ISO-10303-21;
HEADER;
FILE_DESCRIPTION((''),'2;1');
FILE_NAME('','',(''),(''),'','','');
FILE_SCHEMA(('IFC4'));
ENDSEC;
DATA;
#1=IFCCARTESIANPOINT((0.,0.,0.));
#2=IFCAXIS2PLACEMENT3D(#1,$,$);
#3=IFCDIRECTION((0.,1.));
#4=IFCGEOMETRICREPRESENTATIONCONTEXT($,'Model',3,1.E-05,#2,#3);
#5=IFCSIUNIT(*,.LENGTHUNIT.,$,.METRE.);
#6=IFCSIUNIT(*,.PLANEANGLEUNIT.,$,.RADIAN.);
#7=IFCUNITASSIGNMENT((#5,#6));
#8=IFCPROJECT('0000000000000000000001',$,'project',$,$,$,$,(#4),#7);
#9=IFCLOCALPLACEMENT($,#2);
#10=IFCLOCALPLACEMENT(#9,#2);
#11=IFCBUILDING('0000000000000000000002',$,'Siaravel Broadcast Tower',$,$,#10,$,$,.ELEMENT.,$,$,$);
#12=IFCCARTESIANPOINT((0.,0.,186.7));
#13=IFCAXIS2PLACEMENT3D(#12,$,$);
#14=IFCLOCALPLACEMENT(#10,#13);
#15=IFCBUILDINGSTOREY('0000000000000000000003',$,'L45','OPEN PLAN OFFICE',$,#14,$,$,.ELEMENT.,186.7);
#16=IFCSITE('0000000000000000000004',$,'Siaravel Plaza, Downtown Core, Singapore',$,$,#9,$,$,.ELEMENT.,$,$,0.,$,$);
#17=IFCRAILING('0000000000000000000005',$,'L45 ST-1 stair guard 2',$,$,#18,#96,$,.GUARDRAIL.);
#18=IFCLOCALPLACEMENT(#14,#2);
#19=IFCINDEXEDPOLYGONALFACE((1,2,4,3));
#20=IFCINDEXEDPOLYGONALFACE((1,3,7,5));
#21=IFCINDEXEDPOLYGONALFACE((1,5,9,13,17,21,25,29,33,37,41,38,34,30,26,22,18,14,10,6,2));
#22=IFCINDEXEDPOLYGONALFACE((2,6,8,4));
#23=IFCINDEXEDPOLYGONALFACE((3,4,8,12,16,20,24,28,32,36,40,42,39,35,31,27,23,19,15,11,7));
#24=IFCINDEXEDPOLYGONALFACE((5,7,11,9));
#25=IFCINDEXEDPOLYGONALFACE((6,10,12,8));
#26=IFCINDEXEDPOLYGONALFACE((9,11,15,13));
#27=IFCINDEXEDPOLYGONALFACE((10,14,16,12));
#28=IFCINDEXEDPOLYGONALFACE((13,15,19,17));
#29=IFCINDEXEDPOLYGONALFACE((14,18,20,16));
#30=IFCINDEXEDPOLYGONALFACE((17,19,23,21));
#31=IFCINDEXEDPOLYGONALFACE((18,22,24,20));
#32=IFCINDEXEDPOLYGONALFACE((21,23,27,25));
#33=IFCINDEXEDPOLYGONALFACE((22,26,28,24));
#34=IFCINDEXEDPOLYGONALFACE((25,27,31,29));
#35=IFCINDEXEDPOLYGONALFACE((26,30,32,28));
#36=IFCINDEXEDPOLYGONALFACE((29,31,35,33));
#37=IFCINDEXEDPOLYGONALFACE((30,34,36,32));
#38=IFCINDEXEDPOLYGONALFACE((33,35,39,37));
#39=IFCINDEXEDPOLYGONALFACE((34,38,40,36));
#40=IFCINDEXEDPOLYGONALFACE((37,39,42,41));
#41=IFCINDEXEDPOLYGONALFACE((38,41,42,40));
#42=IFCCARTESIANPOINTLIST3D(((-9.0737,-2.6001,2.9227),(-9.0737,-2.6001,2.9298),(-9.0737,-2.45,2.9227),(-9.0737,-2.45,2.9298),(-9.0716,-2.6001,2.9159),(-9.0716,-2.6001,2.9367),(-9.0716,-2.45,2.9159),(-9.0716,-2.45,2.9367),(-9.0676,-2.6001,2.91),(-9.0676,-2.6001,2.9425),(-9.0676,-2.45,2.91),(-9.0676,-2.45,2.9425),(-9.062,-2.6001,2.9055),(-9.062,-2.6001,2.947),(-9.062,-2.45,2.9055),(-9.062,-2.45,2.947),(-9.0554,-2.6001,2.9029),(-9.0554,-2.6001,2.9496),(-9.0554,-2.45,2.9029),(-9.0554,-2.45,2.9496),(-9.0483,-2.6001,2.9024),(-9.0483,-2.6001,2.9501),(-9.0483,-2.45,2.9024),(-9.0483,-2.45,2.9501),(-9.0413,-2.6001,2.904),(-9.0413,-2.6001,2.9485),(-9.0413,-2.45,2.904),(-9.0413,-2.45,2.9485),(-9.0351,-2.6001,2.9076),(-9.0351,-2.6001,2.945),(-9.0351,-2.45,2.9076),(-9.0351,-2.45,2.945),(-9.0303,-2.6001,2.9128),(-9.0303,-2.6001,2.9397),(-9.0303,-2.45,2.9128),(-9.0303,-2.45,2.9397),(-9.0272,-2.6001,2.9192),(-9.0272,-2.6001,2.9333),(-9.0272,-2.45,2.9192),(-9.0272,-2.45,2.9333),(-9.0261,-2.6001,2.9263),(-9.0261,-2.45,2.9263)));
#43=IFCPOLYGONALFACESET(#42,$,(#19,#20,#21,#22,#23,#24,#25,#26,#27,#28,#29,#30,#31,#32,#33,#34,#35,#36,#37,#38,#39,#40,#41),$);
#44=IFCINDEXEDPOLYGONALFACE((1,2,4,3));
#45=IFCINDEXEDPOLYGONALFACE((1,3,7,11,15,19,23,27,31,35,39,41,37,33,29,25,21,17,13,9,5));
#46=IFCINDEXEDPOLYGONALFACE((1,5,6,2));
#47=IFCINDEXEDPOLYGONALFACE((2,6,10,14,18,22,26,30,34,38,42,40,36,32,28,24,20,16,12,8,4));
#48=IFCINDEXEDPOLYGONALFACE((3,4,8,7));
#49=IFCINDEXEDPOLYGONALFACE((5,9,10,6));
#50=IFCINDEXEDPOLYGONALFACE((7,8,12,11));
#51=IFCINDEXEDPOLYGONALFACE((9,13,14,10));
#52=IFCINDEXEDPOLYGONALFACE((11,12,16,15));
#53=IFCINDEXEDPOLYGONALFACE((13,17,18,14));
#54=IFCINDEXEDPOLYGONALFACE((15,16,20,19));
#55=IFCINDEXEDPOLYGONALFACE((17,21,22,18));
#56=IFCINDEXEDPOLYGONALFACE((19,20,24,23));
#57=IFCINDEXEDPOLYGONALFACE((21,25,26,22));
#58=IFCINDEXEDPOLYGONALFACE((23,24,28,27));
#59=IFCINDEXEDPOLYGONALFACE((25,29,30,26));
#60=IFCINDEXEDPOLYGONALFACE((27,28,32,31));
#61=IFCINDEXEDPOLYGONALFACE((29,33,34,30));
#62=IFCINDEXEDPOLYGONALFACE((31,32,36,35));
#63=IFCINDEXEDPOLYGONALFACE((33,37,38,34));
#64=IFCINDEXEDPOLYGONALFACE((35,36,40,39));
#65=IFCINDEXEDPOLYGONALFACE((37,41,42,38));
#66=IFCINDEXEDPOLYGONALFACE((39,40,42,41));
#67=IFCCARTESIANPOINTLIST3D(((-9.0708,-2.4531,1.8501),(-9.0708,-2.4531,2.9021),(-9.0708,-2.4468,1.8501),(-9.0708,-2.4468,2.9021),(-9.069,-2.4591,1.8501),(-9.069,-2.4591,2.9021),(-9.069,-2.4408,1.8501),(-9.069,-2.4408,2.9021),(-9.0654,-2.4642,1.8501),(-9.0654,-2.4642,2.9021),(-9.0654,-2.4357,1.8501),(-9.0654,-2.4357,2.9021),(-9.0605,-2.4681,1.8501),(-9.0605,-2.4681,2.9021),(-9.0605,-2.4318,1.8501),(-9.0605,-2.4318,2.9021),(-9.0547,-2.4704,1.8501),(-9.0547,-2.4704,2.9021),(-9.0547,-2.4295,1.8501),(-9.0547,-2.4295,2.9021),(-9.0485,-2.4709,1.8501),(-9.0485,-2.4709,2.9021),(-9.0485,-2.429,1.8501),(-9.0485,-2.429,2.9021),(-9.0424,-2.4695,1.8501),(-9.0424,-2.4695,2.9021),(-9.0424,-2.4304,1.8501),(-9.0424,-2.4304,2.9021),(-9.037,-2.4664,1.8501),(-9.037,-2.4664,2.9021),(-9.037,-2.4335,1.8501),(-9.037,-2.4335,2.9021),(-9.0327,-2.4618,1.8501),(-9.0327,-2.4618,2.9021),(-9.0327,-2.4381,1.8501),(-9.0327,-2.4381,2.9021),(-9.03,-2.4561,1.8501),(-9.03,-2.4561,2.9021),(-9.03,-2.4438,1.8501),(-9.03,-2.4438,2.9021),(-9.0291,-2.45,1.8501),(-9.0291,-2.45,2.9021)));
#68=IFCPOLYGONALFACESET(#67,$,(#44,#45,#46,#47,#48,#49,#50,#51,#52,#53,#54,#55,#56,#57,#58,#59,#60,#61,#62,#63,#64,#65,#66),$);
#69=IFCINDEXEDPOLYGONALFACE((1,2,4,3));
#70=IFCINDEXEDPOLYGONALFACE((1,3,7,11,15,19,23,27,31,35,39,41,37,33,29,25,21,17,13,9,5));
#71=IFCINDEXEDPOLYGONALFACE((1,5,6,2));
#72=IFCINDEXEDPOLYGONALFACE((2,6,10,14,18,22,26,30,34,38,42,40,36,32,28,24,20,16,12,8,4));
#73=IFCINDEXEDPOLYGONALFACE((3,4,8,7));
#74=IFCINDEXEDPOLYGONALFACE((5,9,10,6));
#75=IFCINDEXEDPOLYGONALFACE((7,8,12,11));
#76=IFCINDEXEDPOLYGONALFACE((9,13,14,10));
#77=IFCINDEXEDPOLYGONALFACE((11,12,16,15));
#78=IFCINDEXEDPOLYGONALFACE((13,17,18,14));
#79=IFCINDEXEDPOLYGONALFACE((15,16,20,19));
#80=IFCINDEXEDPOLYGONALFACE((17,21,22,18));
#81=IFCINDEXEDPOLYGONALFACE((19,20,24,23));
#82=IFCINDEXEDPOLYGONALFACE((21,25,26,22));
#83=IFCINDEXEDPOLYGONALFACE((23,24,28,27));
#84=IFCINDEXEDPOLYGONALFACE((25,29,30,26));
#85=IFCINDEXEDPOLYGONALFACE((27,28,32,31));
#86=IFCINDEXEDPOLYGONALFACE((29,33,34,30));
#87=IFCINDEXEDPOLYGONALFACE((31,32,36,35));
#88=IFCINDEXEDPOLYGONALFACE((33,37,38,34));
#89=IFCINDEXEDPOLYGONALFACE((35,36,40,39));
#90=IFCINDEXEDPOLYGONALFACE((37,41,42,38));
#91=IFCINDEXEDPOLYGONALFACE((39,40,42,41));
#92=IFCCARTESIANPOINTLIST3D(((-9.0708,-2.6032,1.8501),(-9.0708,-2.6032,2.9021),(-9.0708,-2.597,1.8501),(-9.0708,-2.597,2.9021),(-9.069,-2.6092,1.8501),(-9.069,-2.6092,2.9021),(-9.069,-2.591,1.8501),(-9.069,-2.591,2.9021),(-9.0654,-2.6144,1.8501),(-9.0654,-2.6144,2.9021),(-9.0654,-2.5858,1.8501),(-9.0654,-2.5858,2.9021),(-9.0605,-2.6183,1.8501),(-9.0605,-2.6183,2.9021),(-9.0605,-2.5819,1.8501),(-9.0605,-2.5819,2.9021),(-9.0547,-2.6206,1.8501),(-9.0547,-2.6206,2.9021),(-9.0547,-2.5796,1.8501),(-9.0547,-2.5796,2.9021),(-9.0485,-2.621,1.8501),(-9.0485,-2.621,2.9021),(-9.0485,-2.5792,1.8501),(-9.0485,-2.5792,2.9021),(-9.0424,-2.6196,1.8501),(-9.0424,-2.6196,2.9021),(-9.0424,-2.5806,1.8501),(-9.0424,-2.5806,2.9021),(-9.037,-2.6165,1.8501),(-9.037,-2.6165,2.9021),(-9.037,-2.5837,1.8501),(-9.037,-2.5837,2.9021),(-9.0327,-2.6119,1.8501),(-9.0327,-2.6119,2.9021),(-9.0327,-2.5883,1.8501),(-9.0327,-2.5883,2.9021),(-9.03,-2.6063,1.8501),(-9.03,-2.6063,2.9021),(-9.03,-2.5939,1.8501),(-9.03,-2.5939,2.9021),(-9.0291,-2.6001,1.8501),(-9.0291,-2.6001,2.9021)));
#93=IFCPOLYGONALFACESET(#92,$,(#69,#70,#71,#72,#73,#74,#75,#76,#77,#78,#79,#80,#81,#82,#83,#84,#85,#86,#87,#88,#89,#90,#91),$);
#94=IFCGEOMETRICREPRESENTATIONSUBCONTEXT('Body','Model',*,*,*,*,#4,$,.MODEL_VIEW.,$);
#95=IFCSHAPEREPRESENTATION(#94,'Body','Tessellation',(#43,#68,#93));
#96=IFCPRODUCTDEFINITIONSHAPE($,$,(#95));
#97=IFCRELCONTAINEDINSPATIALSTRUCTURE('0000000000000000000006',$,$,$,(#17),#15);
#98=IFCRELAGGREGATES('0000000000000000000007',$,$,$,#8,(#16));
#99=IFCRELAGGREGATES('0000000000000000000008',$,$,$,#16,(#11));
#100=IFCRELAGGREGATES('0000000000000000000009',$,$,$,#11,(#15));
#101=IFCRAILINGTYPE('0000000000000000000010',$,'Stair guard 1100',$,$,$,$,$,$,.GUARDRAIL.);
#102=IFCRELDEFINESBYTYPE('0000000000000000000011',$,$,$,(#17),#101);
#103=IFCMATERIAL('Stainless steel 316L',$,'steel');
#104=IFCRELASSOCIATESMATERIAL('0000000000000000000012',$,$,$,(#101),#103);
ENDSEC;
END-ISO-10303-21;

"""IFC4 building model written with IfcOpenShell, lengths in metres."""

from ifc_helpers import new_model, si_unit, direction, frame, origin, origin_2d, place, context, subcontext, project, spatial, circle, extrude, material, type_object, element, save


model = new_model("IFC4")

# Units and contexts
model_context = context("Model", 3, precision=1e-05, world=origin(), true_north=direction((0.0, 1.0)))
body_context = subcontext(model_context, "Body", "Model", "MODEL_VIEW")
ifc_project = project(units=[si_unit("LENGTHUNIT", "METRE"), si_unit("PLANEANGLEUNIT", "RADIAN")], contexts=[model_context])

# Site, building, storey
site_placement = place(None, origin())
site = spatial("IfcSite", under=ifc_project, at=site_placement, Name="Siaravel Plaza, Downtown Core, Singapore", CompositionType="ELEMENT", RefElevation=0.0)
building_placement = place(site_placement, origin())
building = spatial("IfcBuilding", under=site, at=building_placement, Name="Siaravel Broadcast Tower", CompositionType="ELEMENT")
storey_placement = place(building_placement, frame((0.0, 0.0, 186.7)))
storey = spatial("IfcBuildingStorey", under=building, at=storey_placement, Name="L45", Description="OPEN PLAN OFFICE", CompositionType="ELEMENT", Elevation=186.7)

# Shared definitions
ifc_material_1 = material(Name="Stainless steel 316L", Category="steel")

# Railing
railing_type_1 = type_object("IfcRailingType", Name="Stair guard 1100", PredefinedType="GUARDRAIL", material=ifc_material_1)
railing_1_placement = place(storey_placement, frame((-9.05, -2.45, 1.8501)))
element("IfcRailing", 1, at=railing_1_placement, inside=storey, type_object=railing_type_1, Name="L45 ST-1 stair guard 2", PredefinedType="GUARDRAIL", context=body_context, shape_type="SweptSolid", body=[
    extrude(circle(Radius=0.0239, at=origin_2d()), frame((0.0, 0.0, 1.0762), z_axis=(0.0, -1.0, 0.0), x_axis=(1.0, 0.0, 0.0)), (0.0, 0.0, 1.0), 0.1501),
    extrude(circle(Radius=0.021, at=origin_2d()), origin(), (0.0, 0.0, 1.0), 1.052),
    extrude(circle(Radius=0.021, at=origin_2d()), frame((0.0, -0.1501, 0.0)), (0.0, 0.0, 1.0), 1.052),
])

save(model, "model.ifc")
